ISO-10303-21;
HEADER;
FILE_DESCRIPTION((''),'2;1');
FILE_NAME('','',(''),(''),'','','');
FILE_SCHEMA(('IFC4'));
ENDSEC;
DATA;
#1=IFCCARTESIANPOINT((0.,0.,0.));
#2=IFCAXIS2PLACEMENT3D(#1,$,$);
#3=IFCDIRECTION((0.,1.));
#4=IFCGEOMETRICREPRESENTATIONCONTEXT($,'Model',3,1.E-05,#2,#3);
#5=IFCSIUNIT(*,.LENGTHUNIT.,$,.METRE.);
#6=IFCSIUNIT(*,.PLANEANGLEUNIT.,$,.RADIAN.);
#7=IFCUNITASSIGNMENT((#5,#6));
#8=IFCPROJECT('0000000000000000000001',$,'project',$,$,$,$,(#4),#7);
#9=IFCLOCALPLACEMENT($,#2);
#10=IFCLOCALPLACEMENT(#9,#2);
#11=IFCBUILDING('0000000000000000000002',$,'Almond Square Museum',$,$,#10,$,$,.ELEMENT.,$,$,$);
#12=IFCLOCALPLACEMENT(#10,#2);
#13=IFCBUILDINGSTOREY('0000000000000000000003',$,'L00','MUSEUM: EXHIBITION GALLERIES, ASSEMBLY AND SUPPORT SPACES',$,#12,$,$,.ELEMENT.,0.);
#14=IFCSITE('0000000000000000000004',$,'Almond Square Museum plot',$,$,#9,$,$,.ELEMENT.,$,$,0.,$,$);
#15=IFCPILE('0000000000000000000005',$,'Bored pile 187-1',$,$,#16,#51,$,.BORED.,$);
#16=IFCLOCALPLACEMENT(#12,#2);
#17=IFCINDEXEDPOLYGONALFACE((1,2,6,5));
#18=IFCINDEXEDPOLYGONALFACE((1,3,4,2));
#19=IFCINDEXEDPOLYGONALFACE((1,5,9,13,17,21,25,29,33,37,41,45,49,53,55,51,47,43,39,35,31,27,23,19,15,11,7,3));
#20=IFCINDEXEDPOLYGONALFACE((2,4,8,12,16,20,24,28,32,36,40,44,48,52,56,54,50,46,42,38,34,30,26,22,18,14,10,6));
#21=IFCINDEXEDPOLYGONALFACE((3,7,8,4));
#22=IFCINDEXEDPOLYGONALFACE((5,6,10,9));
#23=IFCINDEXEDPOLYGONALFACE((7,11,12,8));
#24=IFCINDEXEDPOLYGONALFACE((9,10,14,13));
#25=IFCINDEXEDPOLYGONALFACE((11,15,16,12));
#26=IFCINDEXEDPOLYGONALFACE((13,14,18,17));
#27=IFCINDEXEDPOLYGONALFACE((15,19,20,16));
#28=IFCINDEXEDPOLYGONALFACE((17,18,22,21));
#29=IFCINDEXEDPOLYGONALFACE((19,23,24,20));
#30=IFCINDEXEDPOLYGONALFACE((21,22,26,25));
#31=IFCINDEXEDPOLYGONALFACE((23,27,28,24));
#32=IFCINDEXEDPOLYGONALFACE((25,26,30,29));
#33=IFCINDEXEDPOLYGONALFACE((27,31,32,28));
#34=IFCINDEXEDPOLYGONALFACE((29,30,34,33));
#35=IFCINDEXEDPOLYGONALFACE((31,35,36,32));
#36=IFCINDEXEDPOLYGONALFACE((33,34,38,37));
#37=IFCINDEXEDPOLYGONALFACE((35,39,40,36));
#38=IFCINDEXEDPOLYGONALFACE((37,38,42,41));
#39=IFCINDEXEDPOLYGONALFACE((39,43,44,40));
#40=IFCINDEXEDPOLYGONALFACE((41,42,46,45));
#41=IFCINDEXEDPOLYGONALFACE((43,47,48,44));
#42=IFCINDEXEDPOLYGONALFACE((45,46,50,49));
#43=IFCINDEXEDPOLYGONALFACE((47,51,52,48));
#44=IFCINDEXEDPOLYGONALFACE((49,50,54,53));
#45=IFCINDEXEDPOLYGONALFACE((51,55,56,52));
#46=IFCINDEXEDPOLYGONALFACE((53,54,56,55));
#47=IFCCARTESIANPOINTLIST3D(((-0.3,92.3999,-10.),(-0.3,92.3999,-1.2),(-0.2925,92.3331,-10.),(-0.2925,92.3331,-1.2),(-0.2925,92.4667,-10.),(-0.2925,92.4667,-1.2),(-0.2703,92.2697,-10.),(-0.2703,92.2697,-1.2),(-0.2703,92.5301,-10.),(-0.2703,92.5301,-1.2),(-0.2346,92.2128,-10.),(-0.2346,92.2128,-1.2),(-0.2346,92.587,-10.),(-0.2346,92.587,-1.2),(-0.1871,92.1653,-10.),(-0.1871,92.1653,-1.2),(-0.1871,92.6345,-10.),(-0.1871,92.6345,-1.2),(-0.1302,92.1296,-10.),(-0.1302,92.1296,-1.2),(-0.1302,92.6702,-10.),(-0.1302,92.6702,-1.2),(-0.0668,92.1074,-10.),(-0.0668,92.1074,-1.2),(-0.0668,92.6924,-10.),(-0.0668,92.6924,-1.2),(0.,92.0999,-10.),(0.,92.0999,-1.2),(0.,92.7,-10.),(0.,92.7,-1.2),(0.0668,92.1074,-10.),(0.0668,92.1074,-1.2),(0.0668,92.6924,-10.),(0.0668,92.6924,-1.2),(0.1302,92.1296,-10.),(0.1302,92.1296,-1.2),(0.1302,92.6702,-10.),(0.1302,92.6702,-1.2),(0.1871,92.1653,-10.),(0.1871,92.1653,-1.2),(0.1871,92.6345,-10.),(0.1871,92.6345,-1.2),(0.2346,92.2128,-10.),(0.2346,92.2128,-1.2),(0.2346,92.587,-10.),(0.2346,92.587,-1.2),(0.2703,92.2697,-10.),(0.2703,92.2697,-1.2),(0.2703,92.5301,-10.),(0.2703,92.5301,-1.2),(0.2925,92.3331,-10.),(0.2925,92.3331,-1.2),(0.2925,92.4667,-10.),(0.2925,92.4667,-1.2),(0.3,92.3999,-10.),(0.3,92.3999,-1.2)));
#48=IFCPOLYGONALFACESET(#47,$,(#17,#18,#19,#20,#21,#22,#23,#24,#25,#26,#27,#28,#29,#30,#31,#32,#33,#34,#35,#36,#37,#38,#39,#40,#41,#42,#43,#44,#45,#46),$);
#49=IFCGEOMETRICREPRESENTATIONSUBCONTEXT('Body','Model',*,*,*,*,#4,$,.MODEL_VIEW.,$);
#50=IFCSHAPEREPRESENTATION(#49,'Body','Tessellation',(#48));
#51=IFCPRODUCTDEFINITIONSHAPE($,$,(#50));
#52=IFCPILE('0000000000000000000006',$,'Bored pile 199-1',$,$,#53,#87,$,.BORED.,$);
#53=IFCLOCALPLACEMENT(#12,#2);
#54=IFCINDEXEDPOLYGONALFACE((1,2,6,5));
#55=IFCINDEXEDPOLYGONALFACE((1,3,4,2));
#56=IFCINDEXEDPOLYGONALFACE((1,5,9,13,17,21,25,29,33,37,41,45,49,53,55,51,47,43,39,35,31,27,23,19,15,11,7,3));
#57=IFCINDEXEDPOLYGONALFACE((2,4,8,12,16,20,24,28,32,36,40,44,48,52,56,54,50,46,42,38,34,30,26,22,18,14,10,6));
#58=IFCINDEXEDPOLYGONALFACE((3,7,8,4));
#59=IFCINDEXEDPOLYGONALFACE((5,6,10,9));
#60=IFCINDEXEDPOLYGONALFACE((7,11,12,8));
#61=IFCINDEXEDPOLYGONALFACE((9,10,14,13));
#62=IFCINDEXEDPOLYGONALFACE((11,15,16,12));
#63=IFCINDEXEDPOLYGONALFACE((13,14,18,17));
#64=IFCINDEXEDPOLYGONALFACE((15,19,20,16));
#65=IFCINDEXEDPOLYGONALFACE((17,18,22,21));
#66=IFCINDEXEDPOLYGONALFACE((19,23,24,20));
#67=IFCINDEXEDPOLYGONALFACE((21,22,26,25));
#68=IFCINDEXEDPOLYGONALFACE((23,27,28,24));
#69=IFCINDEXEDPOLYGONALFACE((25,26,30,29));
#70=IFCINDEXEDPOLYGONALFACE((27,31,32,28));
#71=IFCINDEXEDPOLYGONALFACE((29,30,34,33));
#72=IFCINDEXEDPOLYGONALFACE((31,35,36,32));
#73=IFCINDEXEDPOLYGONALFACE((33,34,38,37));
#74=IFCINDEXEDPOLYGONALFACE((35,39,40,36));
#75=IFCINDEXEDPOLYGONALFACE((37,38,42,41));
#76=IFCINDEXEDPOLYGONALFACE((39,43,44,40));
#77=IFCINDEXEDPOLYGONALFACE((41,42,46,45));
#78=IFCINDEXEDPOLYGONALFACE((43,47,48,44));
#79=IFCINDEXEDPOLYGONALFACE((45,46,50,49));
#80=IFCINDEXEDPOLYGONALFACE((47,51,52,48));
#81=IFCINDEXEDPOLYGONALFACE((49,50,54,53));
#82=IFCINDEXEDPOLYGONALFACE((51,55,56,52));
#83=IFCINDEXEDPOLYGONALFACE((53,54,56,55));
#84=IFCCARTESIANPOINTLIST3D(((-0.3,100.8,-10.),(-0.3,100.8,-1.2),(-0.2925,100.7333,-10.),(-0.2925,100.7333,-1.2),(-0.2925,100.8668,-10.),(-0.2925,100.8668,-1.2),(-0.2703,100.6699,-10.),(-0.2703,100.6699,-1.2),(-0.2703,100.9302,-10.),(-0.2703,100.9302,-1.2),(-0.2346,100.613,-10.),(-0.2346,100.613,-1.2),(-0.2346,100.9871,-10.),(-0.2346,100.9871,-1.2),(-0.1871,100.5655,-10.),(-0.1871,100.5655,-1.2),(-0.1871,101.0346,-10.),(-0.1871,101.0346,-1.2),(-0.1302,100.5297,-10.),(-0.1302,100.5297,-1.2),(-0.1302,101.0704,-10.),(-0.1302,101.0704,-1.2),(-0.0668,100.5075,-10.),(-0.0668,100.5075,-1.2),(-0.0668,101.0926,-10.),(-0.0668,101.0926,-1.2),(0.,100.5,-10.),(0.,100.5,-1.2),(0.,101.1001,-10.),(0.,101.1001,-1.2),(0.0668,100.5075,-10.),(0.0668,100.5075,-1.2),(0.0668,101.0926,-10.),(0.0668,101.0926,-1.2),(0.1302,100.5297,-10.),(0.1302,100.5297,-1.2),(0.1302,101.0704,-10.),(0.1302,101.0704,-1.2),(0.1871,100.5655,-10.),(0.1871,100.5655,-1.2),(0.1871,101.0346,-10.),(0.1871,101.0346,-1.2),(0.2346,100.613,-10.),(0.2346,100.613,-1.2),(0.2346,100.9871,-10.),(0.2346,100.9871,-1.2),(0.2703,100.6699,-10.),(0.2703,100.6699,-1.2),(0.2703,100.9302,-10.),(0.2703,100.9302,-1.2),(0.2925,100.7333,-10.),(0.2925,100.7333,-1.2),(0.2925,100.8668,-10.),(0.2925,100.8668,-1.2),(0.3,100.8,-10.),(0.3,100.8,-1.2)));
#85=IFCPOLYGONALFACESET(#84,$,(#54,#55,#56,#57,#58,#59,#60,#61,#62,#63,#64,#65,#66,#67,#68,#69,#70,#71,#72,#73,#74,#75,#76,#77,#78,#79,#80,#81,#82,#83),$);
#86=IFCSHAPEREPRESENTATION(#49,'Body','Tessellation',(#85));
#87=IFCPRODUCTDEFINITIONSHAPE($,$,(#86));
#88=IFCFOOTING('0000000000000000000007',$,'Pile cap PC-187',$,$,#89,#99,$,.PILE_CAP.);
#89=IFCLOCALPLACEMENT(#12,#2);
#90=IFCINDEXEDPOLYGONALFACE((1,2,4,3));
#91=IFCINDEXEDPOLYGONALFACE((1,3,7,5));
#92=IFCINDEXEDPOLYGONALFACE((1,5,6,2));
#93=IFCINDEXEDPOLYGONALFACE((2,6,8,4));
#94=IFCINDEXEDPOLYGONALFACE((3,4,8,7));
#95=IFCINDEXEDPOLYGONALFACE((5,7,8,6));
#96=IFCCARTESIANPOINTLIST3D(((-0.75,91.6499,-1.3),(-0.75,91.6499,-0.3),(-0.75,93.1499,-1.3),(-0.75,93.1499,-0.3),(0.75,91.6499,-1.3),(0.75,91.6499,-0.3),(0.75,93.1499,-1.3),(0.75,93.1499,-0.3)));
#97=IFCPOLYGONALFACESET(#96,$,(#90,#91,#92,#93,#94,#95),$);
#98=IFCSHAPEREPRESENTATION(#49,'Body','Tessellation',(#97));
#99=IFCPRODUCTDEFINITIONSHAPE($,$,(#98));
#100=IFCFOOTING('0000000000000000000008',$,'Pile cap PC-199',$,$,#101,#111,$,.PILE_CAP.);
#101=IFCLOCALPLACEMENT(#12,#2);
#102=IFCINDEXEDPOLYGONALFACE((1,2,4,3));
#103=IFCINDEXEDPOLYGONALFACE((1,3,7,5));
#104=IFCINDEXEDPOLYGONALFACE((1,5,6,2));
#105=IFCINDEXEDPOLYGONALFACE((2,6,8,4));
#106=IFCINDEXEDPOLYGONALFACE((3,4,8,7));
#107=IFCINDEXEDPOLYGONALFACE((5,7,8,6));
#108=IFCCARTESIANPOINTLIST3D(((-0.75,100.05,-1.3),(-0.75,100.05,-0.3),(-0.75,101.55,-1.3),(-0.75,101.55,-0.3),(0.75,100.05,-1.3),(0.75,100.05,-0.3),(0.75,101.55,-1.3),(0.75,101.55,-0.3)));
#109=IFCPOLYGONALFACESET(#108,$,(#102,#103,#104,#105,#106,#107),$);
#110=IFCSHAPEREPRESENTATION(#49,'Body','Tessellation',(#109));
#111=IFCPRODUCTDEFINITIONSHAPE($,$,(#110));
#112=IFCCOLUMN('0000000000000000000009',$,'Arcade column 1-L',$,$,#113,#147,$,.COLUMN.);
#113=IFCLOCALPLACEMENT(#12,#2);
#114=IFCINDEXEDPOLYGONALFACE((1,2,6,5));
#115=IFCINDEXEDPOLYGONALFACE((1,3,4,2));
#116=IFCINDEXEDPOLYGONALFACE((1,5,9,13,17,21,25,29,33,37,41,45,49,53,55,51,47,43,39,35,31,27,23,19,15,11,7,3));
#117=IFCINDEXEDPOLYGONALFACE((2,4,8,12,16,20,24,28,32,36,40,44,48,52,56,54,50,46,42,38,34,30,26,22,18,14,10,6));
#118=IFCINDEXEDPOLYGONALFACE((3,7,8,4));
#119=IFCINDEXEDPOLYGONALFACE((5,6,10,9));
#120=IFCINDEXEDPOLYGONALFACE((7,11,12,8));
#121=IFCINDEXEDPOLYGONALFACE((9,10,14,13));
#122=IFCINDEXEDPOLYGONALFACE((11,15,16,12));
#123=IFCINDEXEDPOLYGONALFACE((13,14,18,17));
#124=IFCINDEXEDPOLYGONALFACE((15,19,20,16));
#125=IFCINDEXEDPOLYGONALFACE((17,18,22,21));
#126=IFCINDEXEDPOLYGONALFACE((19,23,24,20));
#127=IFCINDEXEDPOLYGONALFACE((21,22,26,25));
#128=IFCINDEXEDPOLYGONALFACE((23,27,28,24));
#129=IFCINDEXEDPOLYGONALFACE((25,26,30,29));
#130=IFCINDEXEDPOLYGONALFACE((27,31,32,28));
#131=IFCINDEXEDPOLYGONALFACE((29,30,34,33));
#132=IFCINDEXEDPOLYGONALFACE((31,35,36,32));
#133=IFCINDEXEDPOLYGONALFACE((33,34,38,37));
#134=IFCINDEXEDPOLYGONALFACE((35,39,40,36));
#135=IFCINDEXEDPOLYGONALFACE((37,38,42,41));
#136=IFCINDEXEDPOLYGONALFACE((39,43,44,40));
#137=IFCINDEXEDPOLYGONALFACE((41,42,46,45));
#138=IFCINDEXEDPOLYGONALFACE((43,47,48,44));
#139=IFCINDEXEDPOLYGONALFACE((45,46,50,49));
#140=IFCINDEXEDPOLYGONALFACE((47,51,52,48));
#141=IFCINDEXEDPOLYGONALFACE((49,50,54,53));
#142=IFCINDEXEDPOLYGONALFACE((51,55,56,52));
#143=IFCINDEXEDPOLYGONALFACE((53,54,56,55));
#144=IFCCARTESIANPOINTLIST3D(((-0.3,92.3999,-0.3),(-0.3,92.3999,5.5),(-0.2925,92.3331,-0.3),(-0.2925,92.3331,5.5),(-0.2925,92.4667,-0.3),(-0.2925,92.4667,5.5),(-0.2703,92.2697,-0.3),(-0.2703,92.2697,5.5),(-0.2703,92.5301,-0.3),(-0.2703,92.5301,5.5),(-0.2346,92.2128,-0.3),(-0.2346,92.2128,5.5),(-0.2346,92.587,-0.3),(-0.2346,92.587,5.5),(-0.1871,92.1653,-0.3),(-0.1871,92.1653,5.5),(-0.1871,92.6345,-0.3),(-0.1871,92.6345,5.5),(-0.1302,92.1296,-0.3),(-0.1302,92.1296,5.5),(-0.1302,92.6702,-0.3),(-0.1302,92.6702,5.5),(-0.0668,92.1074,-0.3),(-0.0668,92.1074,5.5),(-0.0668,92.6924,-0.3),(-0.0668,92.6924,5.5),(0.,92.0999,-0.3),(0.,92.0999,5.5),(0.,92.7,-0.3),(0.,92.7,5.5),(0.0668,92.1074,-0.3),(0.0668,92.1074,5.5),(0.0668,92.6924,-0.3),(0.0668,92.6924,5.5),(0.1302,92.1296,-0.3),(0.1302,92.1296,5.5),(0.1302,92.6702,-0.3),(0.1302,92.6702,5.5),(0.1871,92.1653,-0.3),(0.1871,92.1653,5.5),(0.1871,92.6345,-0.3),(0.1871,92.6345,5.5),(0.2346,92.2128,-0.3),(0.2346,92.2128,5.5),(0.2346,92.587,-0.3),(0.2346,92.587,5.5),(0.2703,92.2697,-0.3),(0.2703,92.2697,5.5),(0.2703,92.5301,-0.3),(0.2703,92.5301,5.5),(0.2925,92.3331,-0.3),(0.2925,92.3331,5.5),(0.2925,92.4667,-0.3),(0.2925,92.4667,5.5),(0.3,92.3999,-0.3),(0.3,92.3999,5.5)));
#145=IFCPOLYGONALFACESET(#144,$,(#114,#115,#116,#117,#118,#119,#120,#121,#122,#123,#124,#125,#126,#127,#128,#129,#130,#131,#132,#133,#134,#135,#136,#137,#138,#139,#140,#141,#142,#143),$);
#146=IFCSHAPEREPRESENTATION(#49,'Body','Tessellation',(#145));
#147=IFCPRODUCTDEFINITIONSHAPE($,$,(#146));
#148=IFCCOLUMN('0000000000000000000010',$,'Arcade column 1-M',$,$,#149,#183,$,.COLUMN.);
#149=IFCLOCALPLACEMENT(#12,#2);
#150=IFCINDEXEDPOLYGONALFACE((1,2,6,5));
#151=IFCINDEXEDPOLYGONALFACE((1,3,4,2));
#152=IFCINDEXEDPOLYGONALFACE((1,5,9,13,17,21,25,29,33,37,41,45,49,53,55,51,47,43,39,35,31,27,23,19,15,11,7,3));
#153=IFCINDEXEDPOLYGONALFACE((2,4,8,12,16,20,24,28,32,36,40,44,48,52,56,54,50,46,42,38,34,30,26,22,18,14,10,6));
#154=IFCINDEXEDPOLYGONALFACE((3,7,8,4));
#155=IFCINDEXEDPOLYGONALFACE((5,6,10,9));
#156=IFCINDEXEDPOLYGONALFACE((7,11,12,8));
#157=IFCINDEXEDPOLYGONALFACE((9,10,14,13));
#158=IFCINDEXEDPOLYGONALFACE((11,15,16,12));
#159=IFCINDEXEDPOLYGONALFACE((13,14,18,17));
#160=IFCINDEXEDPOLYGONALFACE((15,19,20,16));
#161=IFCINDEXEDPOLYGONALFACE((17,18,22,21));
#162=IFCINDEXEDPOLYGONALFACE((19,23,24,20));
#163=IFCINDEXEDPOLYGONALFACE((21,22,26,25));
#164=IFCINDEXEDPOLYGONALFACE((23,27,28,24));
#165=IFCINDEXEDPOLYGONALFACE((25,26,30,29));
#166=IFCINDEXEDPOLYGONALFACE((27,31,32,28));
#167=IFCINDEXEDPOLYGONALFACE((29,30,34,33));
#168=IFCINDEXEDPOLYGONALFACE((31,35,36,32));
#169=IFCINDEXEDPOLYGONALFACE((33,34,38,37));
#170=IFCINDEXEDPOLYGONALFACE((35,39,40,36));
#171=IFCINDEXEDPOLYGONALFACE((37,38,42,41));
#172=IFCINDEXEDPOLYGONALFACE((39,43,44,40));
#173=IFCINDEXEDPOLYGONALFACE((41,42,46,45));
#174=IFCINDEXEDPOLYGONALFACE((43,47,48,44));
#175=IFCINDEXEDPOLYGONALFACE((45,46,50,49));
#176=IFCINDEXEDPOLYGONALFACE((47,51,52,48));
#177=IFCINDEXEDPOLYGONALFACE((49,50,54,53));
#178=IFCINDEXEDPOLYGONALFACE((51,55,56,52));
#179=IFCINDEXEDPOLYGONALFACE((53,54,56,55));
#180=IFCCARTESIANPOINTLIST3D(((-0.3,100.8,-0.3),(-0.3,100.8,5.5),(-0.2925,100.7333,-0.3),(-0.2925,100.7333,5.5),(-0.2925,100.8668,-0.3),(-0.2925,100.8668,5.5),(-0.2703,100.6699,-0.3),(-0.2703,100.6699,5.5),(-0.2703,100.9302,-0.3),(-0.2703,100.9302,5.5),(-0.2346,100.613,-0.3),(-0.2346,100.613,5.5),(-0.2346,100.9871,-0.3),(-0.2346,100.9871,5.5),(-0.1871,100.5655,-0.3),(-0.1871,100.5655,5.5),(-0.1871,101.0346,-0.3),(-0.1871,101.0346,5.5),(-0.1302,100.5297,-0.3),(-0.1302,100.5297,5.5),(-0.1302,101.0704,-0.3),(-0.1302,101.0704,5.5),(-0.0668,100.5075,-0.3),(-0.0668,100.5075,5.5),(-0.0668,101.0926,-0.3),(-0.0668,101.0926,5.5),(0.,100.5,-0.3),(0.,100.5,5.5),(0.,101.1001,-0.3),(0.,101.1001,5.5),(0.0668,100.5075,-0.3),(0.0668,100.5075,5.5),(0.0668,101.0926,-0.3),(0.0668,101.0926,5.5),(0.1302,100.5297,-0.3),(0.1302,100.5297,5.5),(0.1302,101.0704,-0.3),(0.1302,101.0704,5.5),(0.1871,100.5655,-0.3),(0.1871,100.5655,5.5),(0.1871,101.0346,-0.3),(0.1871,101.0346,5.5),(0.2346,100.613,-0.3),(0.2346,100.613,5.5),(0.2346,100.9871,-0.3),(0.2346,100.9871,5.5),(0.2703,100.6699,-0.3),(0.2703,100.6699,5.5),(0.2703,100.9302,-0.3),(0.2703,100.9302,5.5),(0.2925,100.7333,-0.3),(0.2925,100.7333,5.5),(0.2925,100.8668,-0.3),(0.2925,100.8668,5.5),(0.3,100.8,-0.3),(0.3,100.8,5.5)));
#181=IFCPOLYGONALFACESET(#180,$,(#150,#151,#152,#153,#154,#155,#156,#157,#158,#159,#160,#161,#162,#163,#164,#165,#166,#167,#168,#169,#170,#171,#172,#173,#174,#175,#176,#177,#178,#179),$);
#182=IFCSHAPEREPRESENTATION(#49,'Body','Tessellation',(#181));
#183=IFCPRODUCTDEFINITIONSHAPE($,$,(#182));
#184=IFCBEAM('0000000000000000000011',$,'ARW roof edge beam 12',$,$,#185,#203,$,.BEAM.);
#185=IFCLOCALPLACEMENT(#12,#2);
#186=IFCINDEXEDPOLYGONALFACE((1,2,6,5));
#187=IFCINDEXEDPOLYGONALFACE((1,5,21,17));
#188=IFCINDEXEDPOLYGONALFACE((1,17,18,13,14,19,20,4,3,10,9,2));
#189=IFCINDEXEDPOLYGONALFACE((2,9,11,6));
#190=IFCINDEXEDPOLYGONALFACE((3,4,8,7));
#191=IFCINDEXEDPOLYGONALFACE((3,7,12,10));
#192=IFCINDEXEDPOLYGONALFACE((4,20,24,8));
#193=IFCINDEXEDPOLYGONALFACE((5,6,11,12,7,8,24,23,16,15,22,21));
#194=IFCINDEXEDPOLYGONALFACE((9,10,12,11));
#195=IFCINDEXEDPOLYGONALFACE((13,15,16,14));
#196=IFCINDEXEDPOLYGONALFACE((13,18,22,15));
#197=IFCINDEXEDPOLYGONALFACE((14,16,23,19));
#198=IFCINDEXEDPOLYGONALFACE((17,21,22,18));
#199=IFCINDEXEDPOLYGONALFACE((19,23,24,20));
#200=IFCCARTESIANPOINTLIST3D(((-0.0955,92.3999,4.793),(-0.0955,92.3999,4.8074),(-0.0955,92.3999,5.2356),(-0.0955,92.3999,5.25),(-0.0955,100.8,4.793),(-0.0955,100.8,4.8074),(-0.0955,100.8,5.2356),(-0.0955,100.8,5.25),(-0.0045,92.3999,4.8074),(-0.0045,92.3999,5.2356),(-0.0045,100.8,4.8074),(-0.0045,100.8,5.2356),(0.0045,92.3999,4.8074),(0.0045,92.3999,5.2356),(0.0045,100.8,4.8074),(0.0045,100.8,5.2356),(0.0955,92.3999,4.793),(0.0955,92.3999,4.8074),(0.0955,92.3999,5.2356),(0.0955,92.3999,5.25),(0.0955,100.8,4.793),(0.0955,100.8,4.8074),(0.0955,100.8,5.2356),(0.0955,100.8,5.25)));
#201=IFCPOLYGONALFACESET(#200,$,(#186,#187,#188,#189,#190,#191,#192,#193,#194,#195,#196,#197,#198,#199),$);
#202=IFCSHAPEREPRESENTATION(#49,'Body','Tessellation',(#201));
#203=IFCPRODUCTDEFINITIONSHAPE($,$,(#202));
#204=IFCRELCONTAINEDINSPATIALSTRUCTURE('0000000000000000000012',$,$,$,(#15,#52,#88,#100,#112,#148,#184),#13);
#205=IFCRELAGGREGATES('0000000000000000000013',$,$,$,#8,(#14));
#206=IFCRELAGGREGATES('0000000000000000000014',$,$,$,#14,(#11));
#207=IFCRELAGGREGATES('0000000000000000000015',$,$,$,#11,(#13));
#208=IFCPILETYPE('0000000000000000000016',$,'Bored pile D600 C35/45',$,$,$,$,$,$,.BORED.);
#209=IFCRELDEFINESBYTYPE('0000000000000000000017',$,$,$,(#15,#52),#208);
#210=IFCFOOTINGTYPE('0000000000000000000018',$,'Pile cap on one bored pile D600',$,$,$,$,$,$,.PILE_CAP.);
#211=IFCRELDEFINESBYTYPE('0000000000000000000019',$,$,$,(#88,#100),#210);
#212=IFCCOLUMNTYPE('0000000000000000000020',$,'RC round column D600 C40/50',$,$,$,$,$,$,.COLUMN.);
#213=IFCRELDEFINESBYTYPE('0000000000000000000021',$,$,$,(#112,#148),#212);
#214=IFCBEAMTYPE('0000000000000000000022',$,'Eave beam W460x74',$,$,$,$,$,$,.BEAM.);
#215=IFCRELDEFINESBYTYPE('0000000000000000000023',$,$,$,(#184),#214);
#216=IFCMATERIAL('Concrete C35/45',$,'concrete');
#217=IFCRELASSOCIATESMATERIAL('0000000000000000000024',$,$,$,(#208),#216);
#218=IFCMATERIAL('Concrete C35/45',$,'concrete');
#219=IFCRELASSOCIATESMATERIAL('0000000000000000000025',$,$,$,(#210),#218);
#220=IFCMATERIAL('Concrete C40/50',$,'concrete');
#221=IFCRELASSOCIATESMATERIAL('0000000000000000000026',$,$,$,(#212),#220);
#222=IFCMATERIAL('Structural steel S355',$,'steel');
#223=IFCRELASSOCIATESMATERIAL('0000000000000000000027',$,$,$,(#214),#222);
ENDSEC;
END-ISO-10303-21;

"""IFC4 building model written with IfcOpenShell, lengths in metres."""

from ifc_helpers import new_model, si_unit, direction, frame, origin, origin_2d, place, context, subcontext, project, spatial, rectangle, circle, i_section, extrude, material, material_profile, profile_set, type_object, element, save


model = new_model("IFC4")

# Units and contexts
model_context = context("Model", 3, precision=1e-05, world=origin(), true_north=direction((0.0, 1.0)))
body_context = subcontext(model_context, "Body", "Model", "MODEL_VIEW")
ifc_project = project(units=[si_unit("LENGTHUNIT", "METRE"), si_unit("PLANEANGLEUNIT", "RADIAN")], contexts=[model_context])

# Site, building, storey
site_placement = place(None, origin())
site = spatial("IfcSite", under=ifc_project, at=site_placement, Name="Almond Square Museum plot", CompositionType="ELEMENT", RefElevation=0.0)
building_placement = place(site_placement, origin())
building = spatial("IfcBuilding", under=site, at=building_placement, Name="Almond Square Museum", CompositionType="ELEMENT")
storey_placement = place(building_placement, origin())
storey = spatial("IfcBuildingStorey", under=building, at=storey_placement, Name="L00", Description="MUSEUM: EXHIBITION GALLERIES, ASSEMBLY AND SUPPORT SPACES", CompositionType="ELEMENT", Elevation=0.0)

# Piles
ifc_material_1 = material(Name="Concrete C35/45", Category="concrete")
ifc_material_profile_1 = material_profile(ifc_material_1, circle(Radius=0.3, at=origin_2d()))
ifc_profile_set_1 = profile_set([ifc_material_profile_1], Name="Concrete C35/45")
pile_type = type_object("IfcPileType", Name="Bored pile D600 C35/45", PredefinedType="BORED", material=ifc_profile_set_1)
for number, where, z_axis, x_axis, name in (
    (1, (0.0, 92.3999, -1.2), (0.0, 0.0, -1.0), (1.0, 0.0, 0.0), "Bored pile 187-1"),
    (2, (0.0, 100.8, -1.2), (0.0, 0.0, -1.0), (1.0, 0.0, 0.0), "Bored pile 199-1"),
):
    element("IfcPile", number, at=place(storey_placement, frame(where, z_axis=z_axis, x_axis=x_axis)), inside=storey, type_object=pile_type, Name=name, PredefinedType="BORED", context=body_context, shape_type="SweptSolid", body=[
        extrude(circle(Radius=0.3, at=origin_2d()), origin(), (0.0, 0.0, 1.0), 8.8),
    ])

# Footings
ifc_material_2 = material(Name="Concrete C35/45", Category="concrete")
footing_type = type_object("IfcFootingType", Name="Pile cap on one bored pile D600", PredefinedType="PILE_CAP", material=ifc_material_2)
for number, where, z_axis, x_axis, name in (
    (3, (0.0, 92.3999, -1.3), (0.0, 0.0, 1.0), (1.0, 0.0, 0.0), "Pile cap PC-187"),
    (4, (0.0, 100.8, -1.3), (0.0, 0.0, 1.0), (1.0, 0.0, 0.0), "Pile cap PC-199"),
):
    element("IfcFooting", number, at=place(storey_placement, frame(where, z_axis=z_axis, x_axis=x_axis)), inside=storey, type_object=footing_type, Name=name, PredefinedType="PILE_CAP", context=body_context, shape_type="SweptSolid", body=[
        extrude(rectangle(XDim=1.5, YDim=1.5, at=origin_2d()), origin(), (0.0, 0.0, 1.0), 1.0),
    ])

# Columns
ifc_material_3 = material(Name="Concrete C40/50", Category="concrete")
ifc_material_profile_2 = material_profile(ifc_material_3, circle(Radius=0.3, at=origin_2d()))
ifc_profile_set_2 = profile_set([ifc_material_profile_2], Name="Concrete C40/50")
column_type = type_object("IfcColumnType", Name="RC round column D600 C40/50", PredefinedType="COLUMN", material=ifc_profile_set_2)
for number, where, z_axis, x_axis, name in (
    (5, (0.0, 92.3999, -0.3), (0.0, 0.0, 1.0), (1.0, 0.0, 0.0), "Arcade column 1-L"),
    (6, (0.0, 100.8, -0.3), (0.0, 0.0, 1.0), (1.0, 0.0, 0.0), "Arcade column 1-M"),
):
    element("IfcColumn", number, at=place(storey_placement, frame(where, z_axis=z_axis, x_axis=x_axis)), inside=storey, type_object=column_type, Name=name, PredefinedType="COLUMN", context=body_context, shape_type="SweptSolid", body=[
        extrude(circle(Radius=0.3, at=origin_2d()), origin(), (0.0, 0.0, 1.0), 5.8),
    ])

# Beam
ifc_material_4 = material(Name="Structural steel S355", Category="steel")
ifc_material_profile_3 = material_profile(ifc_material_4, i_section(OverallWidth=0.1909, OverallDepth=0.457, WebThickness=0.009, FlangeThickness=0.0144, at=origin_2d()))
ifc_profile_set_3 = profile_set([ifc_material_profile_3], Name="Structural steel S355")
beam_type_1 = type_object("IfcBeamType", Name="Eave beam W460x74", PredefinedType="BEAM", material=ifc_profile_set_3)
beam_1_placement = place(storey_placement, frame((0.0, 92.3999, 5.0215), z_axis=(0.0, 1.0, 0.0), x_axis=(-1.0, 0.0, 0.0)))
element("IfcBeam", 7, at=beam_1_placement, inside=storey, type_object=beam_type_1, Name="ARW roof edge beam 12", PredefinedType="BEAM", context=body_context, shape_type="SweptSolid", body=[
    extrude(i_section(OverallWidth=0.1909, OverallDepth=0.457, WebThickness=0.009, FlangeThickness=0.0144, at=origin_2d()), origin(), (0.0, 0.0, 1.0), 8.4001),
])

save(model, "model.ifc")
